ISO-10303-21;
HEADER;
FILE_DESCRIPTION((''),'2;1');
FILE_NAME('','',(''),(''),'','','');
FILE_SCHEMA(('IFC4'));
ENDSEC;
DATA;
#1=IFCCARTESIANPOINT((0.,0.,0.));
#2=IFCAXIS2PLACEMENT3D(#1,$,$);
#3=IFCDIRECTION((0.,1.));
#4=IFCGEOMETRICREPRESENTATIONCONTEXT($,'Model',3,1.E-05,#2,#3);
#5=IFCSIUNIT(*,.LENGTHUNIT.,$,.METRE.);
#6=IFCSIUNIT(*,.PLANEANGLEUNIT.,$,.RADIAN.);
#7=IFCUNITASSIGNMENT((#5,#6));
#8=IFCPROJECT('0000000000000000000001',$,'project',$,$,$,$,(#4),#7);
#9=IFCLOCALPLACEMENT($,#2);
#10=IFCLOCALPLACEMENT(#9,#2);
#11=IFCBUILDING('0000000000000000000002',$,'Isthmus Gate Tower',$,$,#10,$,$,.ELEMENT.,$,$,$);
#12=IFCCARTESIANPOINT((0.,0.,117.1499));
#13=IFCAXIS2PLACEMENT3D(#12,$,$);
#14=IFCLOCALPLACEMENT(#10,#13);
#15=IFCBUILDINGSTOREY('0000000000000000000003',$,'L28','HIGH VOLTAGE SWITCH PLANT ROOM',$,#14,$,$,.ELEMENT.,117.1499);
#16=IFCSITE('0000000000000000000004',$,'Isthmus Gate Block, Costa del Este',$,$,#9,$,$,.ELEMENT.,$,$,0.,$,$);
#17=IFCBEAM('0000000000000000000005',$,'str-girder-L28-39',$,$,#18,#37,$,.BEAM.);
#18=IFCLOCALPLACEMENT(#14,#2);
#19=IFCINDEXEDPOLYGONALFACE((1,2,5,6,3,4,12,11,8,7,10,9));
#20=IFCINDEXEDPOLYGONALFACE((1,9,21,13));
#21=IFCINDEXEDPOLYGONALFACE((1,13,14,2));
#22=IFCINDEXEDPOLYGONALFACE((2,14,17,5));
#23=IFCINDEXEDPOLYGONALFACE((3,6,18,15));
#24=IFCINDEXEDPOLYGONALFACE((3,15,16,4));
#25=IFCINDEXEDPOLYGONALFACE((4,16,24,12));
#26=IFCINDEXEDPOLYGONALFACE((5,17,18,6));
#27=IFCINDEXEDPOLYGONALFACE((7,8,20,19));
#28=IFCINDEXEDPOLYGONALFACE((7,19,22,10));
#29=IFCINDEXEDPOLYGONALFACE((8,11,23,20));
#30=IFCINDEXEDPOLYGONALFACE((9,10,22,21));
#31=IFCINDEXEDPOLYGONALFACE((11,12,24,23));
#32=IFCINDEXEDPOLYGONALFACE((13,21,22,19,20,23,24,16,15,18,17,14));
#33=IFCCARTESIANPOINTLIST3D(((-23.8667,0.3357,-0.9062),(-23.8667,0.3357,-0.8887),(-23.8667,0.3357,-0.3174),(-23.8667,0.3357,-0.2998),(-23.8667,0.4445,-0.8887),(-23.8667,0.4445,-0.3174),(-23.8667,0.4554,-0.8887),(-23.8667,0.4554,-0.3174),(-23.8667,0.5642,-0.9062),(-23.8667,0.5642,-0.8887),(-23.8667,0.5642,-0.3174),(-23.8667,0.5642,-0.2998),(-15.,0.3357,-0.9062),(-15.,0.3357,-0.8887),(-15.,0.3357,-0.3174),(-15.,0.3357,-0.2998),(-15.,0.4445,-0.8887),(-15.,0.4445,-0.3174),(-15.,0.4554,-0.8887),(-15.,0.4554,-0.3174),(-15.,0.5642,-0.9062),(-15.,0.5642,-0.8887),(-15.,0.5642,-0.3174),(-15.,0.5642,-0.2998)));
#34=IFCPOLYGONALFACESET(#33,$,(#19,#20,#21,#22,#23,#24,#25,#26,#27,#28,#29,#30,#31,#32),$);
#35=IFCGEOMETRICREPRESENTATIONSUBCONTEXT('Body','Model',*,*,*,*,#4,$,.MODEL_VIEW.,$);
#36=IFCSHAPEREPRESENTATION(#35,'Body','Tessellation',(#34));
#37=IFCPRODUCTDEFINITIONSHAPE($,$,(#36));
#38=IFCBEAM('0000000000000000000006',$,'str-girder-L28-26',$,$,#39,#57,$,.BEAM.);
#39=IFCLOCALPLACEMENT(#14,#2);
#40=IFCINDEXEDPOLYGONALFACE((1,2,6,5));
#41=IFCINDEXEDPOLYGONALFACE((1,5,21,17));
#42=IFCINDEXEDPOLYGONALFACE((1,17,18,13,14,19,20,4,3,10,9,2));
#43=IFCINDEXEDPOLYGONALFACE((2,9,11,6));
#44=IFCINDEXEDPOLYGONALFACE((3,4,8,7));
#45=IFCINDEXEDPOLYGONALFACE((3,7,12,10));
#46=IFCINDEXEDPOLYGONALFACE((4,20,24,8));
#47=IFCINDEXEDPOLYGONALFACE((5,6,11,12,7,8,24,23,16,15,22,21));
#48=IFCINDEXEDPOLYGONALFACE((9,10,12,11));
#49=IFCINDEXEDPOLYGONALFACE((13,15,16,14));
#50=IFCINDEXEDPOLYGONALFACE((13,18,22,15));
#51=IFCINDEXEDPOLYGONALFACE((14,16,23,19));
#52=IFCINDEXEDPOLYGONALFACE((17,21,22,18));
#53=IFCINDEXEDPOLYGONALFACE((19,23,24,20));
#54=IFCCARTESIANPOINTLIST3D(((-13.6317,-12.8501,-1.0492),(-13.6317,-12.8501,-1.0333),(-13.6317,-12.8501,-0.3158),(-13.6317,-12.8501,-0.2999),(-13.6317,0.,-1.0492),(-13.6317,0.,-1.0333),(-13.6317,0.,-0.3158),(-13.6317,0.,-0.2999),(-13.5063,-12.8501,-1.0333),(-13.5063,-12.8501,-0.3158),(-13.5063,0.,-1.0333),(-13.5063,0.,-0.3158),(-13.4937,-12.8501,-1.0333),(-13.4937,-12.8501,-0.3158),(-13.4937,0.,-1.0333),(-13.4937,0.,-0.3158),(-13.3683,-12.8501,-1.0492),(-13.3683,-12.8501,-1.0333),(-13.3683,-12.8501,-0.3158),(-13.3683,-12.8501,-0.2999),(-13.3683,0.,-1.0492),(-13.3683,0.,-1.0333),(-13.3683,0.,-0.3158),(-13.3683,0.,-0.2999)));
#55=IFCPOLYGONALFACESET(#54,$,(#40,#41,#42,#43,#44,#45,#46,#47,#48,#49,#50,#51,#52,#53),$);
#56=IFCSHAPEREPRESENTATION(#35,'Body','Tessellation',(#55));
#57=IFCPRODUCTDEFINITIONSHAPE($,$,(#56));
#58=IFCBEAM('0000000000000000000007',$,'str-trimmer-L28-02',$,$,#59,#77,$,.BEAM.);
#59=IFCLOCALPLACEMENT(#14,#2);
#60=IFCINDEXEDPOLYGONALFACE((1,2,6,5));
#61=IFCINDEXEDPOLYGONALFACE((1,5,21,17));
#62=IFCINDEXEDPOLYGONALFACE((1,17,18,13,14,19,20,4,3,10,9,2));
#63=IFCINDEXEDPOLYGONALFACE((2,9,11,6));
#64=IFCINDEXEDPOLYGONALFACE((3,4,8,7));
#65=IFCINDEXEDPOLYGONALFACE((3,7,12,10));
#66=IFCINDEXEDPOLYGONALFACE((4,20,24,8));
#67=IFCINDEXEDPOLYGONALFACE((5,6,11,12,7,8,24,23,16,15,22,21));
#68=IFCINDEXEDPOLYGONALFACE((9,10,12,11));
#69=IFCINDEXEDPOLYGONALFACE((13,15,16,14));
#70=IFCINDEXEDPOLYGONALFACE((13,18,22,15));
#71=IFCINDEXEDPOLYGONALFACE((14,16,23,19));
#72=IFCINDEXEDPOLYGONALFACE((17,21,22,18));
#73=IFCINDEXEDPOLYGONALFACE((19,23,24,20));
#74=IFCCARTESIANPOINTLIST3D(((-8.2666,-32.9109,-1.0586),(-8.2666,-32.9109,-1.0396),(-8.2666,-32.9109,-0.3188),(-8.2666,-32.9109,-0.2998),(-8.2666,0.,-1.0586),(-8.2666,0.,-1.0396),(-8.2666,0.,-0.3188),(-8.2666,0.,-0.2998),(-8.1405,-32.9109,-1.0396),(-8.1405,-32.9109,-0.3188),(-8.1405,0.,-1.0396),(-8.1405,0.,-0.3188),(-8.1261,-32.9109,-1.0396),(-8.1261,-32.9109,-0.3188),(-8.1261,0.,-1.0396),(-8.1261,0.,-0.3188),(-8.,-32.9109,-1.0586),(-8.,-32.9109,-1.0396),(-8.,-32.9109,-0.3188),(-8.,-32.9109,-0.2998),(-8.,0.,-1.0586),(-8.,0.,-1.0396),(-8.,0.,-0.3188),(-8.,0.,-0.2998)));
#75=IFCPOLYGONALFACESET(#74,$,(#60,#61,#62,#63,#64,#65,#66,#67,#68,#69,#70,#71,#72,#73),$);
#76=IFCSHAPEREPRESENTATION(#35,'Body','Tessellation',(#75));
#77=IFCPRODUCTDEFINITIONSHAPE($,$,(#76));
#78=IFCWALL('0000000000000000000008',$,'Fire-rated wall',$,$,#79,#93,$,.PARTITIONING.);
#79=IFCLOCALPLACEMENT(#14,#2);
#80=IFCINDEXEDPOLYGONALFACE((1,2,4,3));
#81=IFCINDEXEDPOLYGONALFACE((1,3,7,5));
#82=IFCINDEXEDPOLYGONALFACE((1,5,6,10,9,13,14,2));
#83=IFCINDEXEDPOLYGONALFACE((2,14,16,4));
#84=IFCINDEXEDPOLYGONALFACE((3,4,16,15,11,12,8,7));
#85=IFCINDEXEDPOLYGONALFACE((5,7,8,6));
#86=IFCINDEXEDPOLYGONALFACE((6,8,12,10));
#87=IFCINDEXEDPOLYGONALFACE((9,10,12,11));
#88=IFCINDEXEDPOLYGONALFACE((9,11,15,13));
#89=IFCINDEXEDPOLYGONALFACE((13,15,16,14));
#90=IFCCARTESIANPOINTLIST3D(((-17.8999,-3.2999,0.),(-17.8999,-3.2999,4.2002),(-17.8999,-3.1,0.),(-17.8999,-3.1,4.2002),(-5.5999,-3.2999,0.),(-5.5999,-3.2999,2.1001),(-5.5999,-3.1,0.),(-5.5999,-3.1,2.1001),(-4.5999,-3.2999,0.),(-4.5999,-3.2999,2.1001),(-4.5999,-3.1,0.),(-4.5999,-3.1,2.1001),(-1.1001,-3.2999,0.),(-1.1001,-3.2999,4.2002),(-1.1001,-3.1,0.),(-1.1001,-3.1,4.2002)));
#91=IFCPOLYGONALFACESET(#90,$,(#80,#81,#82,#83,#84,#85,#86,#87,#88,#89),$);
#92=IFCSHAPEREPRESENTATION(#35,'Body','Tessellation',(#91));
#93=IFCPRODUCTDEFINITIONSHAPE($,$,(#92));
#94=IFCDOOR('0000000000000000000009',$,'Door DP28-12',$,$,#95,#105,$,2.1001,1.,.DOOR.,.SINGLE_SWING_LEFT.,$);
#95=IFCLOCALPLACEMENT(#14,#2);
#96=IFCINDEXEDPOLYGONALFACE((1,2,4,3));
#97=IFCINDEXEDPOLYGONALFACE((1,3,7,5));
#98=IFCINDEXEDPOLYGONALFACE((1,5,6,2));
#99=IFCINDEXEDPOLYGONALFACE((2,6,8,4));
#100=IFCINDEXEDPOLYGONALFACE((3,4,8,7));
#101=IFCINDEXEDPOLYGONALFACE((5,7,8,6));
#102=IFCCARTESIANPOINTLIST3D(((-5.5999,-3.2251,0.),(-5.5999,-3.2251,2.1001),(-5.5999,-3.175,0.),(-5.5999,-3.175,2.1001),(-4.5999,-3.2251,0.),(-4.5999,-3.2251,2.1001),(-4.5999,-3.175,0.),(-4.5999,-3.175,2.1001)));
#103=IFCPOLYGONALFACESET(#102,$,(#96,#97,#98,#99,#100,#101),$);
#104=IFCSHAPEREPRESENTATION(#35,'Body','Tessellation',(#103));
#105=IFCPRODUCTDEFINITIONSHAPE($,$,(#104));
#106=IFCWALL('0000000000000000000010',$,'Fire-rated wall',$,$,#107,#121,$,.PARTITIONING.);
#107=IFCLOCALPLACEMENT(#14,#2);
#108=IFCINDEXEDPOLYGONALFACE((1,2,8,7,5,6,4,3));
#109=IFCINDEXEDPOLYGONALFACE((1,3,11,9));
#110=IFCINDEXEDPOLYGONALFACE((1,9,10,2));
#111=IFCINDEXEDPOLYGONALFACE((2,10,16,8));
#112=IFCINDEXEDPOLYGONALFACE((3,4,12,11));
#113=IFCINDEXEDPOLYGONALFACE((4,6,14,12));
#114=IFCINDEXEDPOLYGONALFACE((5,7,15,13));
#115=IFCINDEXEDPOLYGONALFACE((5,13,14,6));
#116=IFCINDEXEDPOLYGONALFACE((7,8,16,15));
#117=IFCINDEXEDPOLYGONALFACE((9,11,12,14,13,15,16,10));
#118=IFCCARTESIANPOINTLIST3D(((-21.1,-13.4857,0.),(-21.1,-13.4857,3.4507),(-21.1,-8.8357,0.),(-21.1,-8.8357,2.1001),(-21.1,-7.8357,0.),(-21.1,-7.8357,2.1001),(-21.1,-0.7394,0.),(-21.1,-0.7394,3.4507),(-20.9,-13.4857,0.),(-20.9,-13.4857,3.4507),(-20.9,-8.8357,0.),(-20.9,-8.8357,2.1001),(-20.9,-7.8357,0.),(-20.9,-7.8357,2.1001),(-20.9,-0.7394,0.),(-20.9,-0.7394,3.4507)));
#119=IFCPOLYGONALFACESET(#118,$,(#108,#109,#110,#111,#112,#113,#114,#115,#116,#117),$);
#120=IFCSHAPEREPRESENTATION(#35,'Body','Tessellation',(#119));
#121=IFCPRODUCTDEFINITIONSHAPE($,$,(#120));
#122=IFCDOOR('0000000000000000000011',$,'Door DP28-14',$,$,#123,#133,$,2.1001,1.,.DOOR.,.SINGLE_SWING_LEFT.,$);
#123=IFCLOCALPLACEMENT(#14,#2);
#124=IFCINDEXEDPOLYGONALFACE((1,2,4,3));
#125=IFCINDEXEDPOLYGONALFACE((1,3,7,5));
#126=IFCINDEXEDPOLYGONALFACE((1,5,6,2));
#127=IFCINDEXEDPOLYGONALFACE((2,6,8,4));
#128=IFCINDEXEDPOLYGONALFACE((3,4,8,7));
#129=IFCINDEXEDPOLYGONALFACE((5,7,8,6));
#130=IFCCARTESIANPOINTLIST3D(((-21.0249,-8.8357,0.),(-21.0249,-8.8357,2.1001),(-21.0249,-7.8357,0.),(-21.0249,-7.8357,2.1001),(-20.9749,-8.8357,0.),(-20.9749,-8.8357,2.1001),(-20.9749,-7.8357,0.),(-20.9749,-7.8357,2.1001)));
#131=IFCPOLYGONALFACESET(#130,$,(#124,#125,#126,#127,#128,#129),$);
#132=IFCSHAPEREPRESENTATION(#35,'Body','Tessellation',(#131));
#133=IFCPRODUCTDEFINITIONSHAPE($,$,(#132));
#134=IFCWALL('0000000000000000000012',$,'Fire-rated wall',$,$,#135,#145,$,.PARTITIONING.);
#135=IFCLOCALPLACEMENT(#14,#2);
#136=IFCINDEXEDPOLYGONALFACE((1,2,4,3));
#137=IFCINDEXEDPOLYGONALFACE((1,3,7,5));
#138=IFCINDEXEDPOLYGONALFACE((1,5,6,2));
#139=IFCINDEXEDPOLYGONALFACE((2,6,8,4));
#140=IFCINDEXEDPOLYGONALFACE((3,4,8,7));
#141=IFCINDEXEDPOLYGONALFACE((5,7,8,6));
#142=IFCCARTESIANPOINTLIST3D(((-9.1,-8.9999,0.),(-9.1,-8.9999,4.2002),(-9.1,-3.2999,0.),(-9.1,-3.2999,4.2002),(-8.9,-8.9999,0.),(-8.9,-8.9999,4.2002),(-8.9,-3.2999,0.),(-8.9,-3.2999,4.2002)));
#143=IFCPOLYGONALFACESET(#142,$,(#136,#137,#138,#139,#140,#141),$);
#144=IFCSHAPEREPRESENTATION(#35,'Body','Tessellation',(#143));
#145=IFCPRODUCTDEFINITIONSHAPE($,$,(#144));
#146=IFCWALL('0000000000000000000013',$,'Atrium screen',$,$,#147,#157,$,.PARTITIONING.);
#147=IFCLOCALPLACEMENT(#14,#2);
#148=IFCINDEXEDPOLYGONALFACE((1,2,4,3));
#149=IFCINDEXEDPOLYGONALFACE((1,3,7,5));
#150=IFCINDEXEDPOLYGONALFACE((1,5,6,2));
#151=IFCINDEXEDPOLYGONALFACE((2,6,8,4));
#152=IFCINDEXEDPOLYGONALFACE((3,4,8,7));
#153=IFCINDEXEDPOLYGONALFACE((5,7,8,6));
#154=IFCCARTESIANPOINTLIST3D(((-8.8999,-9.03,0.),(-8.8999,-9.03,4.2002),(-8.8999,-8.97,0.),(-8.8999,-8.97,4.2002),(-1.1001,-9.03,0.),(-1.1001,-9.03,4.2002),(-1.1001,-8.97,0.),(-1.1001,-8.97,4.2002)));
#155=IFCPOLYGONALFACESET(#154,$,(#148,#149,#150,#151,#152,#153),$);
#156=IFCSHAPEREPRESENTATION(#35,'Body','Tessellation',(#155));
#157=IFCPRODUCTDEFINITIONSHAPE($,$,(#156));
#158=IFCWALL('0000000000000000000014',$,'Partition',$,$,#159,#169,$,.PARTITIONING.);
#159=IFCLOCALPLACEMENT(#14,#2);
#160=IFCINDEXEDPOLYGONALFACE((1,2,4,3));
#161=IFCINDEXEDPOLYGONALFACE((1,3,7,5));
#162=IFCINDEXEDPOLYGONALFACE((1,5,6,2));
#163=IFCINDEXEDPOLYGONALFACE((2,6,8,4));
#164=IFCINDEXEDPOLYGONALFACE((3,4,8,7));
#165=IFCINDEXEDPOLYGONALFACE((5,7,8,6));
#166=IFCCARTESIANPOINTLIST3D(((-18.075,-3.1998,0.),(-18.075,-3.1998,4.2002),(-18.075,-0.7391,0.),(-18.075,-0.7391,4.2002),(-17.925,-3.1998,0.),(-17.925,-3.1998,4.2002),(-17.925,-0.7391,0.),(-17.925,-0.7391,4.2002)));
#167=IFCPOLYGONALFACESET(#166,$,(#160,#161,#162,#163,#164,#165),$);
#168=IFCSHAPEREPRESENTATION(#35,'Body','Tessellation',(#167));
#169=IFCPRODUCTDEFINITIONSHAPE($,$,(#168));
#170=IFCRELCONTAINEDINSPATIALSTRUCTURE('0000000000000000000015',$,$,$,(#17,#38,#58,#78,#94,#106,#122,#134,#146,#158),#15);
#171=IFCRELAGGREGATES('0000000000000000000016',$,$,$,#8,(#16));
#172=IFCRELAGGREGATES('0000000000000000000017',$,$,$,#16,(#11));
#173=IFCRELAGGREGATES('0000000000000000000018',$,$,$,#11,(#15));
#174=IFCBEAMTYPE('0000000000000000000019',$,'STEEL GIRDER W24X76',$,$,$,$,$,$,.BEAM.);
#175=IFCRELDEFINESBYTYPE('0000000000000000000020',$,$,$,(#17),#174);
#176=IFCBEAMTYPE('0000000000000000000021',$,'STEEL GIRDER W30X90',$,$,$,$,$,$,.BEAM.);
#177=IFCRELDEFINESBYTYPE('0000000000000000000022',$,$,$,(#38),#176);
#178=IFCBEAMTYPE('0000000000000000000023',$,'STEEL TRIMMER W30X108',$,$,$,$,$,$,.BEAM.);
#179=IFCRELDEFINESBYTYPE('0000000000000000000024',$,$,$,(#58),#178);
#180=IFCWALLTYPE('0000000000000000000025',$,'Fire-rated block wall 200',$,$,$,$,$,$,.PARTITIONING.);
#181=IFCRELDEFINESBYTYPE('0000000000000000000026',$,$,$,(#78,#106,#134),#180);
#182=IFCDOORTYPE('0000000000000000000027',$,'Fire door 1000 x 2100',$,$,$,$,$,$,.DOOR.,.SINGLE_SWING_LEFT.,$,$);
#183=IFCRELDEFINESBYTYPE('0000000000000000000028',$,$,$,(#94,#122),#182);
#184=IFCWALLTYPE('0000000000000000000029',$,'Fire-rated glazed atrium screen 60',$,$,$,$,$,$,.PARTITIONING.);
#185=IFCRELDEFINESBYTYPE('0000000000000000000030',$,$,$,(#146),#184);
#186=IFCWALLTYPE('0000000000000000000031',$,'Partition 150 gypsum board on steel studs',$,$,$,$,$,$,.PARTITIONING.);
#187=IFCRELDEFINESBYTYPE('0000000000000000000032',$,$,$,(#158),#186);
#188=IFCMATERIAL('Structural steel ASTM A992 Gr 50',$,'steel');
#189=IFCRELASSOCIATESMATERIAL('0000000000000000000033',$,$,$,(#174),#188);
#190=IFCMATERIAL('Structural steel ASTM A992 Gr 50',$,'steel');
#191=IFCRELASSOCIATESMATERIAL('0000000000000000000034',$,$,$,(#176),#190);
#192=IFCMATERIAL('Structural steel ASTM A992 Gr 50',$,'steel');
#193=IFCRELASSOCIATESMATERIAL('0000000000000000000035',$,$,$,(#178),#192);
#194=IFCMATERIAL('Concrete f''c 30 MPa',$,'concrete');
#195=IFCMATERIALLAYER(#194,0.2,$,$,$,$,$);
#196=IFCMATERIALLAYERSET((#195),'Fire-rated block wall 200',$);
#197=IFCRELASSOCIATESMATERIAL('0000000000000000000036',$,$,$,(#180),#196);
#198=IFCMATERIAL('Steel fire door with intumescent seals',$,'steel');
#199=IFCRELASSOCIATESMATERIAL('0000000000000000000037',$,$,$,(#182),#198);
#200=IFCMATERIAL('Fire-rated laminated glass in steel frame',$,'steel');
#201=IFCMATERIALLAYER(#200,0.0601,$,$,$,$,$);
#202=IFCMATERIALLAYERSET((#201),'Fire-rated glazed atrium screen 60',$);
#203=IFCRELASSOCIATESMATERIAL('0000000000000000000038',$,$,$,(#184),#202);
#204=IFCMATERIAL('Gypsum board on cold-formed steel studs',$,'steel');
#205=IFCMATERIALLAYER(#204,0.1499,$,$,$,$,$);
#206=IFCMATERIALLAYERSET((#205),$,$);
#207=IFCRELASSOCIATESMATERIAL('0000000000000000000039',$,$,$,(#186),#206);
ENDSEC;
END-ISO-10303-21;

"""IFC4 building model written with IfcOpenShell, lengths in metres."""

from ifc_helpers import new_model, si_unit, direction, frame, frame_2d, origin, origin_2d, place, context, subcontext, project, spatial, rectangle, i_section, extrude, material, layer, layer_set, material_profile, profile_set, type_object, element, fill, save


model = new_model("IFC4")

# Units and contexts
model_context = context("Model", 3, precision=1e-05, world=origin(), true_north=direction((0.0, 1.0)))
body_context = subcontext(model_context, "Body", "Model", "MODEL_VIEW")
ifc_project = project(units=[si_unit("LENGTHUNIT", "METRE"), si_unit("PLANEANGLEUNIT", "RADIAN")], contexts=[model_context])

# Site, building, storey
site_placement = place(None, origin())
site = spatial("IfcSite", under=ifc_project, at=site_placement, Name="Isthmus Gate Block, Costa del Este", CompositionType="ELEMENT", RefElevation=0.0)
building_placement = place(site_placement, origin())
building = spatial("IfcBuilding", under=site, at=building_placement, Name="Isthmus Gate Tower", CompositionType="ELEMENT")
storey_placement = place(building_placement, frame((0.0, 0.0, 117.1499)))
storey = spatial("IfcBuildingStorey", under=building, at=storey_placement, Name="L28", Description="HIGH VOLTAGE SWITCH PLANT ROOM", CompositionType="ELEMENT", Elevation=117.1499)

# Beams
ifc_material_1 = material(Name="Structural steel ASTM A992 Gr 50", Category="steel")
ifc_material_profile_1 = material_profile(ifc_material_1, i_section(OverallWidth=0.2285, OverallDepth=0.6064, WebThickness=0.011, FlangeThickness=0.0176, at=origin_2d()), Name="W24X76")
ifc_profile_set_1 = profile_set([ifc_material_profile_1], Name="Structural steel ASTM A992 Gr 50")
beam_type_1 = type_object("IfcBeamType", Name="STEEL GIRDER W24X76", PredefinedType="BEAM", material=ifc_profile_set_1)
beam_1_placement = place(storey_placement, frame((-15.0, 0.45, -0.603), z_axis=(-1.0, 0.0, 0.0), x_axis=(0.0, -1.0, 0.0)))
element("IfcBeam", 1, at=beam_1_placement, inside=storey, type_object=beam_type_1, Name="str-girder-L28-39", PredefinedType="BEAM", context=body_context, shape_type="SweptSolid", body=[
    extrude(i_section(OverallWidth=0.2285, OverallDepth=0.6064, WebThickness=0.011, FlangeThickness=0.0176, at=origin_2d()), origin(), (0.0, 0.0, 1.0), 8.8667),
])
ifc_material_2 = material(Name="Structural steel ASTM A992 Gr 50", Category="steel")
ifc_material_profile_2 = material_profile(ifc_material_2, i_section(OverallWidth=0.2634, OverallDepth=0.7493, WebThickness=0.0127, FlangeThickness=0.0159, at=origin_2d()), Name="W30X90")
ifc_profile_set_2 = profile_set([ifc_material_profile_2], Name="Structural steel ASTM A992 Gr 50")
beam_type_2 = type_object("IfcBeamType", Name="STEEL GIRDER W30X90", PredefinedType="BEAM", material=ifc_profile_set_2)
beam_2_placement = place(storey_placement, frame((-13.5, -12.8501, -0.6746), z_axis=(0.0, 1.0, 0.0), x_axis=(-1.0, 0.0, 0.0)))
element("IfcBeam", 2, at=beam_2_placement, inside=storey, type_object=beam_type_2, Name="str-girder-L28-26", PredefinedType="BEAM", context=body_context, shape_type="SweptSolid", body=[
    extrude(i_section(OverallWidth=0.2634, OverallDepth=0.7493, WebThickness=0.0127, FlangeThickness=0.0159, at=origin_2d()), origin(), (0.0, 0.0, 1.0), 12.8501),
])
ifc_material_3 = material(Name="Structural steel ASTM A992 Gr 50", Category="steel")
ifc_material_profile_3 = material_profile(ifc_material_3, i_section(OverallWidth=0.2666, OverallDepth=0.7588, WebThickness=0.0144, FlangeThickness=0.019, at=origin_2d()), Name="W30X108")
ifc_profile_set_3 = profile_set([ifc_material_profile_3], Name="Structural steel ASTM A992 Gr 50")
beam_type_3 = type_object("IfcBeamType", Name="STEEL TRIMMER W30X108", PredefinedType="BEAM", material=ifc_profile_set_3)
beam_3_placement = place(storey_placement, frame((-8.1333, 0.0, -0.6792), z_axis=(0.0, -1.0, 0.0), x_axis=(1.0, 0.0, 0.0)))
element("IfcBeam", 3, at=beam_3_placement, inside=storey, type_object=beam_type_3, Name="str-trimmer-L28-02", PredefinedType="BEAM", context=body_context, shape_type="SweptSolid", body=[
    extrude(i_section(OverallWidth=0.2666, OverallDepth=0.7588, WebThickness=0.0144, FlangeThickness=0.019, at=origin_2d()), origin(), (0.0, 0.0, 1.0), 32.9109),
])

# Walls, openings, doors
ifc_material_4 = material(Name="Concrete f'c 30 MPa", Category="concrete")
ifc_layer_1 = layer(ifc_material_4, 0.2)
ifc_layer_set_1 = layer_set([ifc_layer_1], Name="Fire-rated block wall 200")
wall_type_1 = type_object("IfcWallType", Name="Fire-rated block wall 200", PredefinedType="PARTITIONING", material=ifc_layer_set_1)
wall_1_placement = place(storey_placement, frame((-17.8999, -3.2, 0.0), z_axis=(0.0, 0.0, 1.0), x_axis=(1.0, 0.0, 0.0)))
wall_1 = element("IfcWall", 4, at=wall_1_placement, inside=storey, type_object=wall_type_1, Name="Fire-rated wall", PredefinedType="PARTITIONING", context=body_context, shape_type="SweptSolid", body=[
    extrude(rectangle(XDim=16.7998, YDim=0.2, at=frame_2d((8.3999, 0.0))), origin(), (0.0, 0.0, 1.0), 4.2002),
])
opening_1_placement = place(wall_1_placement, frame((12.3, 0.0, 0.0)))
opening_1 = element("IfcOpeningElement", 5, at=opening_1_placement, cuts=wall_1, PredefinedType="OPENING", context=body_context, shape_type="SweptSolid", body=[
    extrude(rectangle(XDim=1.0, YDim=2.1001, at=frame_2d((0.5, 1.05))), frame((0.0, 0.1099, 0.0), z_axis=(0.0, -1.0, 0.0), x_axis=(1.0, 0.0, 0.0)), (0.0, 0.0, 1.0), 0.22),
])
ifc_material_5 = material(Name="Steel fire door with intumescent seals", Category="steel")
door_type_1 = type_object("IfcDoorType", Name="Fire door 1000 x 2100", OperationType="SINGLE_SWING_LEFT", PredefinedType="DOOR", material=ifc_material_5)
door_1_placement = place(opening_1_placement, origin())
door_1 = element("IfcDoor", 6, at=door_1_placement, inside=storey, type_object=door_type_1, Name="Door DP28-12", OperationType="SINGLE_SWING_LEFT", OverallHeight=2.1001, OverallWidth=1.0, PredefinedType="DOOR", context=body_context, shape_type="SweptSolid", body=[
    extrude(rectangle(XDim=1.0, YDim=2.1001, at=frame_2d((0.5, 1.05))), frame((0.0, 0.0249, 0.0), z_axis=(0.0, -1.0, 0.0), x_axis=(1.0, 0.0, 0.0)), (0.0, 0.0, 1.0), 0.05),
])
fill(opening_1, door_1)
wall_2_placement = place(storey_placement, frame((-21.0, -13.4856, 0.0), z_axis=(0.0, 0.0, 1.0), x_axis=(0.0, 1.0, 0.0)))
wall_2 = element("IfcWall", 7, at=wall_2_placement, inside=storey, type_object=wall_type_1, Name="Fire-rated wall", PredefinedType="PARTITIONING", context=body_context, shape_type="SweptSolid", body=[
    extrude(rectangle(XDim=12.7463, YDim=0.2, at=frame_2d((6.373, 0.0))), origin(), (0.0, 0.0, 1.0), 3.4507),
])
opening_2_placement = place(wall_2_placement, frame((4.6499, 0.0, 0.0)))
opening_2 = element("IfcOpeningElement", 8, at=opening_2_placement, cuts=wall_2, PredefinedType="OPENING", context=body_context, shape_type="SweptSolid", body=[
    extrude(rectangle(XDim=1.0, YDim=2.1001, at=frame_2d((0.5, 1.05))), frame((0.0, 0.1099, 0.0), z_axis=(0.0, -1.0, 0.0), x_axis=(1.0, 0.0, 0.0)), (0.0, 0.0, 1.0), 0.22),
])
door_2_placement = place(opening_2_placement, origin())
door_2 = element("IfcDoor", 9, at=door_2_placement, inside=storey, type_object=door_type_1, Name="Door DP28-14", OperationType="SINGLE_SWING_LEFT", OverallHeight=2.1001, OverallWidth=1.0, PredefinedType="DOOR", context=body_context, shape_type="SweptSolid", body=[
    extrude(rectangle(XDim=1.0, YDim=2.1001, at=frame_2d((0.5, 1.05))), frame((0.0, 0.0249, 0.0), z_axis=(0.0, -1.0, 0.0), x_axis=(1.0, 0.0, 0.0)), (0.0, 0.0, 1.0), 0.05),
])
fill(opening_2, door_2)

# Walls
wall_3_placement = place(storey_placement, frame((-9.0, -9.0, 0.0), z_axis=(0.0, 0.0, 1.0), x_axis=(0.0, 1.0, 0.0)))
element("IfcWall", 10, at=wall_3_placement, inside=storey, type_object=wall_type_1, Name="Fire-rated wall", PredefinedType="PARTITIONING", context=body_context, shape_type="SweptSolid", body=[
    extrude(rectangle(XDim=5.7, YDim=0.2, at=frame_2d((2.8501, 0.0))), origin(), (0.0, 0.0, 1.0), 4.2002),
])
ifc_material_6 = material(Name="Fire-rated laminated glass in steel frame", Category="steel")
ifc_layer_2 = layer(ifc_material_6, 0.0601)
ifc_layer_set_2 = layer_set([ifc_layer_2], Name="Fire-rated glazed atrium screen 60")
wall_type_2 = type_object("IfcWallType", Name="Fire-rated glazed atrium screen 60", PredefinedType="PARTITIONING", material=ifc_layer_set_2)
wall_4_placement = place(storey_placement, frame((-8.8999, -9.0, 0.0), z_axis=(0.0, 0.0, 1.0), x_axis=(1.0, 0.0, 0.0)))
element("IfcWall", 11, at=wall_4_placement, inside=storey, type_object=wall_type_2, Name="Atrium screen", PredefinedType="PARTITIONING", context=body_context, shape_type="SweptSolid", body=[
    extrude(rectangle(XDim=7.7998, YDim=0.0601, at=frame_2d((3.8999, 0.0))), origin(), (0.0, 0.0, 1.0), 4.2002),
])
ifc_material_7 = material(Name="Gypsum board on cold-formed steel studs", Category="steel")
ifc_layer_3 = layer(ifc_material_7, 0.1499)
ifc_layer_set_3 = layer_set([ifc_layer_3])
wall_type_3 = type_object("IfcWallType", Name="Partition 150 gypsum board on steel studs", PredefinedType="PARTITIONING", material=ifc_layer_set_3)
wall_5_placement = place(storey_placement, frame((-18.0, -3.2, 0.0), z_axis=(0.0, 0.0, 1.0), x_axis=(0.0, 1.0, 0.0)))
element("IfcWall", 12, at=wall_5_placement, inside=storey, type_object=wall_type_3, Name="Partition", PredefinedType="PARTITIONING", context=body_context, shape_type="SweptSolid", body=[
    extrude(rectangle(XDim=2.4607, YDim=0.1499, at=frame_2d((1.2305, 0.0))), origin(), (0.0, 0.0, 1.0), 4.2002),
])

save(model, "model.ifc")
